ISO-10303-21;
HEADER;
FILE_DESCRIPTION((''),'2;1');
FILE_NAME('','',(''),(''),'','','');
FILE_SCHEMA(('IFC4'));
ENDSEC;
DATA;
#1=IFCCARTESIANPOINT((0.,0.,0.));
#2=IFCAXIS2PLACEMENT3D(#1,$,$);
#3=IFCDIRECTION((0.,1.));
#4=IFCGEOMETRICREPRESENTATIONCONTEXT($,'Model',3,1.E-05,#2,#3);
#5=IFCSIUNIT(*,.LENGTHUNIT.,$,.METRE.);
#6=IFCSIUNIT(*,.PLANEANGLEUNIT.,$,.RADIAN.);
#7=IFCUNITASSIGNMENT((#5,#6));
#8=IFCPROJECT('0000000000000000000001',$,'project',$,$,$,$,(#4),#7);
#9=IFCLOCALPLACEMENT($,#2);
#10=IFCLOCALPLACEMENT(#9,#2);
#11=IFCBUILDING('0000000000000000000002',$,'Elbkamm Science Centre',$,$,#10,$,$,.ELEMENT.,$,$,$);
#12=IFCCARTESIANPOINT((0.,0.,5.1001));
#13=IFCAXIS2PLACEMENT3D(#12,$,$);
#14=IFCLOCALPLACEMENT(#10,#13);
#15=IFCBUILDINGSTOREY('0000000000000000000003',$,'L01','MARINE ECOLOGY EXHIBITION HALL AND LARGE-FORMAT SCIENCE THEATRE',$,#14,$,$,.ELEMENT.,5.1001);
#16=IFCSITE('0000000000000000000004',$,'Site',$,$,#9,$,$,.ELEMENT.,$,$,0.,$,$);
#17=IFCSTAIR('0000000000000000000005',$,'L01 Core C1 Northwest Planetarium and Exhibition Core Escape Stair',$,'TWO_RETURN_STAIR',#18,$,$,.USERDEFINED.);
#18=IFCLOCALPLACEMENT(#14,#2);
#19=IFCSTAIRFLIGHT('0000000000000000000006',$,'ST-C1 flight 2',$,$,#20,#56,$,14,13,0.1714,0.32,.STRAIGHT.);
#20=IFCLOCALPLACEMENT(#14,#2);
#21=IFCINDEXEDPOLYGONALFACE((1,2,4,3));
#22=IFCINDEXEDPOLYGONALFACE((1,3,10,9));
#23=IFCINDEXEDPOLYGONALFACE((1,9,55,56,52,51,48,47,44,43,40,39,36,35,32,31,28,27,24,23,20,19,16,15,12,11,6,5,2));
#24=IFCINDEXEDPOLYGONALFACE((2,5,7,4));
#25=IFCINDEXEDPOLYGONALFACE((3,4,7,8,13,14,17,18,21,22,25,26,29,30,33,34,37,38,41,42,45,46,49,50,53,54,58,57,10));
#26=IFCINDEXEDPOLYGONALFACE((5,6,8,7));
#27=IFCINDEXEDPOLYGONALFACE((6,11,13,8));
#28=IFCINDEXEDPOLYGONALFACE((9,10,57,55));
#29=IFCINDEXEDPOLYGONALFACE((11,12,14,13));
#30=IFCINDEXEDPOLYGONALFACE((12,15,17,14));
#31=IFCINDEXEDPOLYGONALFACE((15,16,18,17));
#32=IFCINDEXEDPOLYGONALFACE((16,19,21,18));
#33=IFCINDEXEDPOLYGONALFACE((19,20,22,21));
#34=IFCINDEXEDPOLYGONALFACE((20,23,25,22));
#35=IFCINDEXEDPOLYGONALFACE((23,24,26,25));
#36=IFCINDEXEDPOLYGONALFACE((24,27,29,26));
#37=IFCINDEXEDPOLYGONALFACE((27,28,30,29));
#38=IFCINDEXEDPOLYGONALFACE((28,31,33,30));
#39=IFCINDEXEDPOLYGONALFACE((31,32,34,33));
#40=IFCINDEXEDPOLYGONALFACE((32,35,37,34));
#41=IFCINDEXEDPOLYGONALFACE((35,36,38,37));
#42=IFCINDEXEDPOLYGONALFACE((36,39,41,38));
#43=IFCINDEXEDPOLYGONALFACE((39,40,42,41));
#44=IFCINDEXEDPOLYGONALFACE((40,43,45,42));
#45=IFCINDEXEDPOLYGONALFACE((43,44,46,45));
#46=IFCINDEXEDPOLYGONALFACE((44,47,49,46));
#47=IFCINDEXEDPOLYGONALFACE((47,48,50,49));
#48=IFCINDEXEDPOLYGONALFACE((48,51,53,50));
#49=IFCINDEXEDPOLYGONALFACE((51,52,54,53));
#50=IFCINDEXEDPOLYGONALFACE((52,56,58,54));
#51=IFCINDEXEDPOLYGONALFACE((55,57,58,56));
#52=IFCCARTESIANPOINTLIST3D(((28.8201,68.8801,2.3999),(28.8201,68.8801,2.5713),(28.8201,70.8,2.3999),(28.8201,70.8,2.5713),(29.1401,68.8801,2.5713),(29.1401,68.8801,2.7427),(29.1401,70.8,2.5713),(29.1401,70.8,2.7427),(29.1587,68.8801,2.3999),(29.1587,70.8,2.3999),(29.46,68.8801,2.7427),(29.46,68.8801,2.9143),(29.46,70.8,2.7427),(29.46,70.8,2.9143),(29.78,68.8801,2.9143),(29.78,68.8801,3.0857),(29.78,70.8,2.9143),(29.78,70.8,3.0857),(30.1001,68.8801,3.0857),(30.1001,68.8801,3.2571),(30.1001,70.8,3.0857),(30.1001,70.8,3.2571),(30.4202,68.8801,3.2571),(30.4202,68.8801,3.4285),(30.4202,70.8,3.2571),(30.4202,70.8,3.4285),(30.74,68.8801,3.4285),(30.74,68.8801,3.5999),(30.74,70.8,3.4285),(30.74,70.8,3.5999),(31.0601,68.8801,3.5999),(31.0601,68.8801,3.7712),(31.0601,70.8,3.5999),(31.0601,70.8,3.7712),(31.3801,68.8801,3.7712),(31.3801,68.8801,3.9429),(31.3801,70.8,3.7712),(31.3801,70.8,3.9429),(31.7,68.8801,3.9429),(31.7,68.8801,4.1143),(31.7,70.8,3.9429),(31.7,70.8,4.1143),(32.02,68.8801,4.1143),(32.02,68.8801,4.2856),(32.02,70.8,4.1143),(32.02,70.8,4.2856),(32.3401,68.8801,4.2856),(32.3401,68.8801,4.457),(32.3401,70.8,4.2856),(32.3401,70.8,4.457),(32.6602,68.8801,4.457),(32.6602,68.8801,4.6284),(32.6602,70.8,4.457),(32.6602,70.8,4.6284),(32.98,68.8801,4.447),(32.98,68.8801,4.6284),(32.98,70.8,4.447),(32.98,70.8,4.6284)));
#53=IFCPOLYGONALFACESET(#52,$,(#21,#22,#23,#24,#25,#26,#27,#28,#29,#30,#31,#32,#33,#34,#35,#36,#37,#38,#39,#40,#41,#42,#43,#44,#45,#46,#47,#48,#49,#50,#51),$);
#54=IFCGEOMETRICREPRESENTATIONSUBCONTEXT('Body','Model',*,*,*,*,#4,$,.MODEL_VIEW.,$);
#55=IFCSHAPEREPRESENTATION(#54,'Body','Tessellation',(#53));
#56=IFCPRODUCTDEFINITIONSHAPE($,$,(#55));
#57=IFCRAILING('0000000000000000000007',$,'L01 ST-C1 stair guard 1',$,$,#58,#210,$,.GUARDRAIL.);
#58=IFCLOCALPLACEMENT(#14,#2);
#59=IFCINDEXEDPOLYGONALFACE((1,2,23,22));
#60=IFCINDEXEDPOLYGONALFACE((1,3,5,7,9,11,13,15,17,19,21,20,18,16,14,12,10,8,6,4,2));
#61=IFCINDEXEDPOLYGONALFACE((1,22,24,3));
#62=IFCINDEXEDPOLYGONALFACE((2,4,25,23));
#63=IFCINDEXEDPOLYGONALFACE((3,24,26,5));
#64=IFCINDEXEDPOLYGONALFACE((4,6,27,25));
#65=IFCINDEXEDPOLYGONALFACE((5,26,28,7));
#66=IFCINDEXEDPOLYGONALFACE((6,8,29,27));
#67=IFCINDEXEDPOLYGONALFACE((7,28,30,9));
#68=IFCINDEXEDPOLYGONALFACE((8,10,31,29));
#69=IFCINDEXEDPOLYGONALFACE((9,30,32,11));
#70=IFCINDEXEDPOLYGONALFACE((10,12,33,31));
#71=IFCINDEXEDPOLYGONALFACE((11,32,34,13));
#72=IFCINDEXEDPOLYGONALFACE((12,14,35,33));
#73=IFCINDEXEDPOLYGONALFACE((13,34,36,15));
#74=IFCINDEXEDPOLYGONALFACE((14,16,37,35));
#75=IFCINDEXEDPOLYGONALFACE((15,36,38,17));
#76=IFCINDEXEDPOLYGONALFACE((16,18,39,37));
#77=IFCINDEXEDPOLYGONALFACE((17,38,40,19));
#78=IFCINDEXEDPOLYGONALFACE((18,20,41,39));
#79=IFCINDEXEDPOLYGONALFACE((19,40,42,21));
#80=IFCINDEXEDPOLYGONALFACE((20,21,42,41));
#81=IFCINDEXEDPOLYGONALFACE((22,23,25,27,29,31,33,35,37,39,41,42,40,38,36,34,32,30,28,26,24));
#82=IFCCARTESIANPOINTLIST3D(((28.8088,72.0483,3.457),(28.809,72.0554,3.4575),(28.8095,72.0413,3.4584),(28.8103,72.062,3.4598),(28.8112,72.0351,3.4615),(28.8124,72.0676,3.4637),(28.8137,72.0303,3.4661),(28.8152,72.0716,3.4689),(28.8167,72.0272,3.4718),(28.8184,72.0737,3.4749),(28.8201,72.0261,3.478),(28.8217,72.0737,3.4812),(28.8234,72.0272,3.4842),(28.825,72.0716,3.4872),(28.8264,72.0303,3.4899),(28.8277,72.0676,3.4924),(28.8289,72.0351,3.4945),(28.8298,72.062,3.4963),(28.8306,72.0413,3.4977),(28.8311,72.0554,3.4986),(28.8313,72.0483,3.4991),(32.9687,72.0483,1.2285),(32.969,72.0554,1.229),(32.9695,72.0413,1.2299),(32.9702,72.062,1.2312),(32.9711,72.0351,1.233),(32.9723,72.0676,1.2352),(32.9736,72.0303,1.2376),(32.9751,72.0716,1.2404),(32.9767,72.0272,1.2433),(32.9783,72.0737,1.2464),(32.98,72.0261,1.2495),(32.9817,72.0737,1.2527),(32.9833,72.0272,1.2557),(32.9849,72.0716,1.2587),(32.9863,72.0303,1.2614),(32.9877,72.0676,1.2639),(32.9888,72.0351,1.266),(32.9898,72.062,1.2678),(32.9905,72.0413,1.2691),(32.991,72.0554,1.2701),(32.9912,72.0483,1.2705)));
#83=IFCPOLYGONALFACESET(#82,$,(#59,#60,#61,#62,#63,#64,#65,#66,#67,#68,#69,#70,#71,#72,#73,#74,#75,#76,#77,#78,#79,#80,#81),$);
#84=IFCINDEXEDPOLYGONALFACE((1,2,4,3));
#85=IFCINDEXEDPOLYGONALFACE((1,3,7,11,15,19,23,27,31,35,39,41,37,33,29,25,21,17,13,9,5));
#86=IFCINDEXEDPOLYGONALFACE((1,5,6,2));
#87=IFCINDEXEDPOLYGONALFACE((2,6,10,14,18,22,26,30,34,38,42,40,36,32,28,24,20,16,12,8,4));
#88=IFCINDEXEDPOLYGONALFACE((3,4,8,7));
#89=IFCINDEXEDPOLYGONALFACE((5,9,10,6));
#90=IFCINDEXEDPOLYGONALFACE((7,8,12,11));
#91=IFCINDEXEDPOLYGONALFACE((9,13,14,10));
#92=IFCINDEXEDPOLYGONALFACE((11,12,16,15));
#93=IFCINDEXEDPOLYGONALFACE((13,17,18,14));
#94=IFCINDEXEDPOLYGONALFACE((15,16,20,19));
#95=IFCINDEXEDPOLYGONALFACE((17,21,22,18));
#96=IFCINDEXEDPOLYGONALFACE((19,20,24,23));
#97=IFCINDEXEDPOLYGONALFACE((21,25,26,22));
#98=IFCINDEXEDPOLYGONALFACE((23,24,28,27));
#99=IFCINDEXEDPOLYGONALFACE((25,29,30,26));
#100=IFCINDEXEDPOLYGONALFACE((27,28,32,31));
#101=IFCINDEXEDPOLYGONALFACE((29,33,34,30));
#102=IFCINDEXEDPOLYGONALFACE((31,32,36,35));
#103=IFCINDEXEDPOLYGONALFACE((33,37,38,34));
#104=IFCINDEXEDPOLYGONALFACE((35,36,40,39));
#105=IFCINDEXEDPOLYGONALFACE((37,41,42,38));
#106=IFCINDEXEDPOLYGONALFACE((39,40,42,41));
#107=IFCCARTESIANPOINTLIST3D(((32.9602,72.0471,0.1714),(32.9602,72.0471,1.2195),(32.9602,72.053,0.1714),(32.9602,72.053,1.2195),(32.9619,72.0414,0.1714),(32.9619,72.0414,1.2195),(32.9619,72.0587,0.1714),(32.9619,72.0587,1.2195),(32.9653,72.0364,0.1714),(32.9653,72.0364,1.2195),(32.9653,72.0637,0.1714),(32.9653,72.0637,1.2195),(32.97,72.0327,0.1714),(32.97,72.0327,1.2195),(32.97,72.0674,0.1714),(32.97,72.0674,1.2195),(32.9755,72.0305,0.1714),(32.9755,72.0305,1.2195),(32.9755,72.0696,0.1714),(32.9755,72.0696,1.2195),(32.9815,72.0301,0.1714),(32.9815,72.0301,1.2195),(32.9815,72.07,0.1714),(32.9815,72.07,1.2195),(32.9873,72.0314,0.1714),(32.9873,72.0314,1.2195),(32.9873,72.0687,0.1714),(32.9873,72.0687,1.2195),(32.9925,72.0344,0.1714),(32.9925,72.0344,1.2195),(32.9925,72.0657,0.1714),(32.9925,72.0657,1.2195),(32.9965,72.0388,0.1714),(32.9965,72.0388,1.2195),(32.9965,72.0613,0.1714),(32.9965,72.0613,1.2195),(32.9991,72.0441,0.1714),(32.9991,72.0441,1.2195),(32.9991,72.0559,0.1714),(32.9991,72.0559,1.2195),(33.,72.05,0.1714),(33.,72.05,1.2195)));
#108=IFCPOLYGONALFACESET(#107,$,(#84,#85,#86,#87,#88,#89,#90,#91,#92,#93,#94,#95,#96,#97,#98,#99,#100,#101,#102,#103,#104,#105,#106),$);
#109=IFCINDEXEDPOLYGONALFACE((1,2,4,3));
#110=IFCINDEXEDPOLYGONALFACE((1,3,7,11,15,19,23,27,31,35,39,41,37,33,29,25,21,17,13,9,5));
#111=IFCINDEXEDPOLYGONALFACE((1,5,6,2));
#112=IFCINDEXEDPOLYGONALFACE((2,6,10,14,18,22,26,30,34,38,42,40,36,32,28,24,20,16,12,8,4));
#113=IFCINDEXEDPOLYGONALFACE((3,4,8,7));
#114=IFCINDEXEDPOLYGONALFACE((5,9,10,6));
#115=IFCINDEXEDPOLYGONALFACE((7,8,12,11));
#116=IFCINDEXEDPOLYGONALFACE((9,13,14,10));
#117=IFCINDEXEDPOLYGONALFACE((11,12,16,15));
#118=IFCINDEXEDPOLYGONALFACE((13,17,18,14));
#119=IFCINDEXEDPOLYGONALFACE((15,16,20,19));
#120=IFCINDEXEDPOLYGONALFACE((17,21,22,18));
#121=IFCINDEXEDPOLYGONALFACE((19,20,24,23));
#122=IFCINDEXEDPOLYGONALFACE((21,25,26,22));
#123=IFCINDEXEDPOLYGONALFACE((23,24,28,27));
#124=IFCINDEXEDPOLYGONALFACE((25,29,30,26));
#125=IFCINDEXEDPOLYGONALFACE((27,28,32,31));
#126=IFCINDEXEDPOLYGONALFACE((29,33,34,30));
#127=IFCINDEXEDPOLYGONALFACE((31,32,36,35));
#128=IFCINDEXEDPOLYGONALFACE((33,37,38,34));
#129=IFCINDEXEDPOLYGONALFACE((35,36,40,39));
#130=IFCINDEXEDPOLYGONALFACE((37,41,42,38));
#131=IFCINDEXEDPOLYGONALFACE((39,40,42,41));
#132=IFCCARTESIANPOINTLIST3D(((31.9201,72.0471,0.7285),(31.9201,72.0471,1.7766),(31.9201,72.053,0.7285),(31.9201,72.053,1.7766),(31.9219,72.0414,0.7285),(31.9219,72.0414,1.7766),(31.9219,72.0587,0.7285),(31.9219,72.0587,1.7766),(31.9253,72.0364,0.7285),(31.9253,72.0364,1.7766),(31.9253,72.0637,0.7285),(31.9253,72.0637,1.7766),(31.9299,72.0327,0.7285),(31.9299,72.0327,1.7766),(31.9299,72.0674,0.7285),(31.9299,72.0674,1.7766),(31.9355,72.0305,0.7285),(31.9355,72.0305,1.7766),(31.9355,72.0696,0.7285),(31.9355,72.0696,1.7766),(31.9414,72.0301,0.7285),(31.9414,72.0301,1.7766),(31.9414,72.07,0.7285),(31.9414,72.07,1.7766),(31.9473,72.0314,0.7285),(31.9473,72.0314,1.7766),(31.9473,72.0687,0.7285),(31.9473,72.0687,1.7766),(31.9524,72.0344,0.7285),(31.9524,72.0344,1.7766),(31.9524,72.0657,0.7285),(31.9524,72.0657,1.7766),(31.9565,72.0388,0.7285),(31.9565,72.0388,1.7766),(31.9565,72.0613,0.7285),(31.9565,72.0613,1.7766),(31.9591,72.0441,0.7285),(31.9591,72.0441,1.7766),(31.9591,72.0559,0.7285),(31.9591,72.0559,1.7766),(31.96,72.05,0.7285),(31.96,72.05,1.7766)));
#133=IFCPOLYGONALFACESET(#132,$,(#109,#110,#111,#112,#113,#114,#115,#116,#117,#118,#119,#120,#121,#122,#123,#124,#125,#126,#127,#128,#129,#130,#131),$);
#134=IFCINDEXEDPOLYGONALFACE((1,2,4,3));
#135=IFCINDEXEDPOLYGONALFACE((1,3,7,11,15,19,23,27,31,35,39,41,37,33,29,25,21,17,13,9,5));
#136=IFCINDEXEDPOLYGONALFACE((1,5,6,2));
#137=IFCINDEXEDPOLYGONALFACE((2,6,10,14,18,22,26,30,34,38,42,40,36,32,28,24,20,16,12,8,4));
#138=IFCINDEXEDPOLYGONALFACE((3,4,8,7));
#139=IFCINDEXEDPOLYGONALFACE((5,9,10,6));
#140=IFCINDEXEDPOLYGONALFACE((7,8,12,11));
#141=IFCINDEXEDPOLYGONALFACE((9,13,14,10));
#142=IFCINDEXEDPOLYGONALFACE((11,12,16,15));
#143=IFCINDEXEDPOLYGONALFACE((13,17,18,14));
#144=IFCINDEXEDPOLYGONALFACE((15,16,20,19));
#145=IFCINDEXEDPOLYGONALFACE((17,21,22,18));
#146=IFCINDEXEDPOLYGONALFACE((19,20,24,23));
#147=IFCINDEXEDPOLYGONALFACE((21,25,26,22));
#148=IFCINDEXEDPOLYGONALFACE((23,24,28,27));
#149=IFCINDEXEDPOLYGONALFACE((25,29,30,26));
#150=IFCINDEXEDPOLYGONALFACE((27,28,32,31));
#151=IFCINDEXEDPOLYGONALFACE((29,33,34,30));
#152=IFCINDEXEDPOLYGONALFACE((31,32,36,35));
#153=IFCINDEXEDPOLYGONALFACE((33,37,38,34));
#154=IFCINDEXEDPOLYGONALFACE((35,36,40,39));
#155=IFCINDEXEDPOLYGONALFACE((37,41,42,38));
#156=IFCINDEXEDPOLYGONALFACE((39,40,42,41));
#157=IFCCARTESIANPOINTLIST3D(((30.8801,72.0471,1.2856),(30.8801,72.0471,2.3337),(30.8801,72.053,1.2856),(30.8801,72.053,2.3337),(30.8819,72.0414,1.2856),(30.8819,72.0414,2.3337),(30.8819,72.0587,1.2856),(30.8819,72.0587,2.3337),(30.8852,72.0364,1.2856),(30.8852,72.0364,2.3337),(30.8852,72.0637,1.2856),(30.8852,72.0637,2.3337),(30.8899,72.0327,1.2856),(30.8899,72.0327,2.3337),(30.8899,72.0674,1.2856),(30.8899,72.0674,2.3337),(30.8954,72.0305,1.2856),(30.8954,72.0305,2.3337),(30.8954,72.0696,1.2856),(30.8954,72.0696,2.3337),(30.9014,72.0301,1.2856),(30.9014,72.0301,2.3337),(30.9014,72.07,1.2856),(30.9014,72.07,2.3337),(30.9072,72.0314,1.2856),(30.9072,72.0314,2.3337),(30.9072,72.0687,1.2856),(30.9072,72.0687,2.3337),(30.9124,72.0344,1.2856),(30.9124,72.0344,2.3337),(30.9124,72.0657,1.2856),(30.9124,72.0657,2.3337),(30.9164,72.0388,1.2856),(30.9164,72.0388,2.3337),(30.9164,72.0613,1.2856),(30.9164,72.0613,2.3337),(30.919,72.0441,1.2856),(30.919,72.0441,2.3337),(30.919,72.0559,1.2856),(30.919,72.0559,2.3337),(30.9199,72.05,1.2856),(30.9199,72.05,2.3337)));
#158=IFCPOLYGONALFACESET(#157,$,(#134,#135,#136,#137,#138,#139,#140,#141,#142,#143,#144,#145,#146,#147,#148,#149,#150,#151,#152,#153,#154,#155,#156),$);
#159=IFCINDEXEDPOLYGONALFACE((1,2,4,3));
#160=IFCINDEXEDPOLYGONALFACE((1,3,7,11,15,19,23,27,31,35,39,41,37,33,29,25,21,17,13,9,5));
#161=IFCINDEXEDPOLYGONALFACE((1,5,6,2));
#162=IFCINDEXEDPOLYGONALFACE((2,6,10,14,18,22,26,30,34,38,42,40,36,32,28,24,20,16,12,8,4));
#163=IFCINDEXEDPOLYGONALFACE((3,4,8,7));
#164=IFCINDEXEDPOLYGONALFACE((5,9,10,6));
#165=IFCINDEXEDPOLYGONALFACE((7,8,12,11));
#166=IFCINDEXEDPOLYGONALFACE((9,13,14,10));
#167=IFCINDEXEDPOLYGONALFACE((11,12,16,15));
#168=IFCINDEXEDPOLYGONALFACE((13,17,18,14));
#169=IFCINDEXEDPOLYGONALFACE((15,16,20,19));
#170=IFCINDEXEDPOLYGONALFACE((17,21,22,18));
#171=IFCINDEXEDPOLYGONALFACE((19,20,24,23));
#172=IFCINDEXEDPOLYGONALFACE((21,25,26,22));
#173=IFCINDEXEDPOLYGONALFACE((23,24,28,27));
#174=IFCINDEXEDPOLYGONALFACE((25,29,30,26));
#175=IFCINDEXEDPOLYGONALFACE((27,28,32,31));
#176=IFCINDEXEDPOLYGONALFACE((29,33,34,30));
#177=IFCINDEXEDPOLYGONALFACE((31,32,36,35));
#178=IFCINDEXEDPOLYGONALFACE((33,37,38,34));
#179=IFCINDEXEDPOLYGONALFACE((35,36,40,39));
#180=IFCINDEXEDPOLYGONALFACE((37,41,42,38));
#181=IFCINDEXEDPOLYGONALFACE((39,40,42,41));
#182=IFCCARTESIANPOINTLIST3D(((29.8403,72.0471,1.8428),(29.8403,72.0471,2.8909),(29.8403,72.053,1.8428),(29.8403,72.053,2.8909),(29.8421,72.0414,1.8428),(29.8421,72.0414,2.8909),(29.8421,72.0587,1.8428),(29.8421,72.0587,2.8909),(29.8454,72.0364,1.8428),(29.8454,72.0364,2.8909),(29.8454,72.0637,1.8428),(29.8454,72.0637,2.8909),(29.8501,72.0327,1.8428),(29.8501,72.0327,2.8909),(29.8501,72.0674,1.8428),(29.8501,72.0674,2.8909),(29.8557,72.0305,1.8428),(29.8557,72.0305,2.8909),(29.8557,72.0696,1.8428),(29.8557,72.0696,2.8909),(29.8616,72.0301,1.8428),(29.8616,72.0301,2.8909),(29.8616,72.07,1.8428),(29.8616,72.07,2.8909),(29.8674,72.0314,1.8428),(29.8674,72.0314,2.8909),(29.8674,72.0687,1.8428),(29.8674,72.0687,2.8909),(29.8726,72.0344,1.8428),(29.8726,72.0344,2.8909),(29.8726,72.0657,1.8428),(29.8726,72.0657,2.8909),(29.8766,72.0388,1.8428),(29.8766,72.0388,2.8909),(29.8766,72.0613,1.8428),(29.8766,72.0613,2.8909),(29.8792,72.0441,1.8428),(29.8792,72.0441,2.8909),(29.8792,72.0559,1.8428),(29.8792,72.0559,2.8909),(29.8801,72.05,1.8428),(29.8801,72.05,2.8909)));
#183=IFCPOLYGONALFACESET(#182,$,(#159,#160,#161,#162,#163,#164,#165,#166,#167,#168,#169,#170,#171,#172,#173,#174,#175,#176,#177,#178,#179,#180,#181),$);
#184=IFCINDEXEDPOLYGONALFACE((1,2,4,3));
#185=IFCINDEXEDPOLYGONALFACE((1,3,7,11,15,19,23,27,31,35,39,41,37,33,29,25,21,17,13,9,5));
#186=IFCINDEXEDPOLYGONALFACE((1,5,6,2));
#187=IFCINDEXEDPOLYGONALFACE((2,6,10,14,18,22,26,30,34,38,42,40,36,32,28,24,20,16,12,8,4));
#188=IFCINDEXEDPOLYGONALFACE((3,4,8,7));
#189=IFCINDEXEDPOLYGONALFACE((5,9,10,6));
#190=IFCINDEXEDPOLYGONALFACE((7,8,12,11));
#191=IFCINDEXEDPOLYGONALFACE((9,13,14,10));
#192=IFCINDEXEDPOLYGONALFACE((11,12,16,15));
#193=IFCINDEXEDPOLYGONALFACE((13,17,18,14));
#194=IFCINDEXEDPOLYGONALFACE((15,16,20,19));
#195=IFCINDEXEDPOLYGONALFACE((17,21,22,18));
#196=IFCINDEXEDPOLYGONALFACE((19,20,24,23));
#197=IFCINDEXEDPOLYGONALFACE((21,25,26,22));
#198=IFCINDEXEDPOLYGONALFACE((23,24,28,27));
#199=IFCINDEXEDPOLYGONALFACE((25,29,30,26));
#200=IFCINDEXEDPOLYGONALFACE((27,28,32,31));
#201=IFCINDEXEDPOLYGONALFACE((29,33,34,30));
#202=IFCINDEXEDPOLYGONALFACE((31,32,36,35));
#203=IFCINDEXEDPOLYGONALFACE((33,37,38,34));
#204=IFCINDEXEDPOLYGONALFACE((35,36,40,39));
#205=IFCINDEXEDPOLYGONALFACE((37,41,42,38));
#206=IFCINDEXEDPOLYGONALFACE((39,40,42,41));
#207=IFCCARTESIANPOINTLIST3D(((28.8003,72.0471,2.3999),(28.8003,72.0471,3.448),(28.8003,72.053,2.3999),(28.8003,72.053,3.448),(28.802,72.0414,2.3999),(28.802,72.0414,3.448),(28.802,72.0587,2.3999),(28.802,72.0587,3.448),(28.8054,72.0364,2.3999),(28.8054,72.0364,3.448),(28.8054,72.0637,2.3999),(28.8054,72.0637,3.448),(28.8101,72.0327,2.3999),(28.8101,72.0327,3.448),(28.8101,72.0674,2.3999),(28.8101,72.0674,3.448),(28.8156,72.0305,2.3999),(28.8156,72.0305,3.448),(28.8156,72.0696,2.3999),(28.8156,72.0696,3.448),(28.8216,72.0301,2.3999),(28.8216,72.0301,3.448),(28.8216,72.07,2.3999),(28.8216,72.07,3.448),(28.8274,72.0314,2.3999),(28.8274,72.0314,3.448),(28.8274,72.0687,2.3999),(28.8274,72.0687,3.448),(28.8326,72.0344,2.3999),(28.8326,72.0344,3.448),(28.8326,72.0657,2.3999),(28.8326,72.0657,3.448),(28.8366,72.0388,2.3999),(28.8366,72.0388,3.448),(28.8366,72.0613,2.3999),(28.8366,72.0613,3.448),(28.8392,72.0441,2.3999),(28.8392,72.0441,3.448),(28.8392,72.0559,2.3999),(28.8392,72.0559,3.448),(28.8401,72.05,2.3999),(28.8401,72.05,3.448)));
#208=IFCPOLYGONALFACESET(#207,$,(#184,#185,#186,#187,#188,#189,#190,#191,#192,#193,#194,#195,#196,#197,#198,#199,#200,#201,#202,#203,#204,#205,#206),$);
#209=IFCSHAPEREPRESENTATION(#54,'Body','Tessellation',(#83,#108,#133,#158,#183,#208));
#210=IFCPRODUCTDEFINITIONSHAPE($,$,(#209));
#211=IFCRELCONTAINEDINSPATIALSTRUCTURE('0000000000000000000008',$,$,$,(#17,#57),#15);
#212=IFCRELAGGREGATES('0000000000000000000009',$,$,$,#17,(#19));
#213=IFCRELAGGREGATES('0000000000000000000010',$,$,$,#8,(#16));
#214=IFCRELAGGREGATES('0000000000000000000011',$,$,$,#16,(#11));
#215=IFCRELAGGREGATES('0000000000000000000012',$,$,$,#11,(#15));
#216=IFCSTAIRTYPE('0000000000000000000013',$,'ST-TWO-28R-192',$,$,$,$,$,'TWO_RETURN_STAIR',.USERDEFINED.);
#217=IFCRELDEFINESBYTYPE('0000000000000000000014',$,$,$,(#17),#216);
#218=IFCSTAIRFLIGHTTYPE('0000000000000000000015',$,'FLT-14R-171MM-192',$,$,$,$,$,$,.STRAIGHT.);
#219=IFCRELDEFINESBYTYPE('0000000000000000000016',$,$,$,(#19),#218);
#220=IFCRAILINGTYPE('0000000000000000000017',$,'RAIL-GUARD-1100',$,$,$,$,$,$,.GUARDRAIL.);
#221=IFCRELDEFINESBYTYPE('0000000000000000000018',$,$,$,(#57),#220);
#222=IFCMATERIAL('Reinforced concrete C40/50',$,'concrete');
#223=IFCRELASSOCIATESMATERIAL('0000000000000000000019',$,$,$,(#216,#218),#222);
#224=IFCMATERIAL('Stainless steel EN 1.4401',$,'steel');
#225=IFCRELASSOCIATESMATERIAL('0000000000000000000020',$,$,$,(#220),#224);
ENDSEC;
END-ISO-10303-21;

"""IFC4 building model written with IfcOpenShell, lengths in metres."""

from ifc_helpers import new_model, si_unit, direction, frame, origin, origin_2d, place, context, subcontext, project, spatial, polyline, circle, outline, extrude, material, type_object, element, aggregate, save


model = new_model("IFC4")

# Units and contexts
model_context = context("Model", 3, precision=1e-05, world=origin(), true_north=direction((0.0, 1.0)))
body_context = subcontext(model_context, "Body", "Model", "MODEL_VIEW")
ifc_project = project(units=[si_unit("LENGTHUNIT", "METRE"), si_unit("PLANEANGLEUNIT", "RADIAN")], contexts=[model_context])

# Site, building, storey
site_placement = place(None, origin())
site = spatial("IfcSite", under=ifc_project, at=site_placement, Name="Site", CompositionType="ELEMENT", RefElevation=0.0)
building_placement = place(site_placement, origin())
building = spatial("IfcBuilding", under=site, at=building_placement, Name="Elbkamm Science Centre", CompositionType="ELEMENT")
storey_placement = place(building_placement, frame((0.0, 0.0, 5.1001)))
storey = spatial("IfcBuildingStorey", under=building, at=storey_placement, Name="L01", Description="MARINE ECOLOGY EXHIBITION HALL AND LARGE-FORMAT SCIENCE THEATRE", CompositionType="ELEMENT", Elevation=5.1001)

# Shared definitions
ifc_material_1 = material(Name="Reinforced concrete C40/50", Category="concrete")

# Stair, stair flight
stair_type = type_object("IfcStairType", Name="ST-TWO-28R-192", ElementType="TWO_RETURN_STAIR", PredefinedType="USERDEFINED", material=ifc_material_1)
stair_placement = place(storey_placement, origin())
stair = element("IfcStair", 1, at=stair_placement, inside=storey, type_object=stair_type, Name="L01 Core C1 Northwest Planetarium and Exhibition Core Escape Stair", ObjectType="TWO_RETURN_STAIR", PredefinedType="USERDEFINED")
stair_flight_type = type_object("IfcStairFlightType", Name="FLT-14R-171MM-192", PredefinedType="STRAIGHT", material=ifc_material_1)
stair_flight_1_placement = place(storey_placement, frame((28.8201, 69.8401, 2.3999), z_axis=(0.0, 0.0, 1.0), x_axis=(1.0, 0.0, 0.0)))
stair_flight_1 = element("IfcStairFlight", 2, at=stair_flight_1_placement, type_object=stair_flight_type, Name="ST-C1 flight 2", NumberOfRisers=14, NumberOfTreads=13, PredefinedType="STRAIGHT", RiserHeight=0.1714, TreadLength=0.32, context=body_context, shape_type="SweptSolid", body=[
    extrude(outline(polyline([(0.0, 0.0), (0.0, 0.1714), (0.3201, 0.1714), (0.3201, 0.3428), (0.6399, 0.3428), (0.6399, 0.5144), (0.96, 0.5144), (0.96, 0.6858), (1.28, 0.6858), (1.28, 0.8572), (1.6001, 0.8572), (1.6001, 1.0286), (1.9199, 1.0286), (1.9199, 1.2), (2.24, 1.2), (2.24, 1.3713), (2.5601, 1.3713), (2.5601, 1.543), (2.8799, 1.543), (2.8799, 1.7144), (3.2, 1.7144), (3.2, 1.8857), (3.52, 1.8857), (3.52, 2.0571), (3.8401, 2.0571), (3.8401, 2.2285), (4.1599, 2.2285), (4.1599, 2.3999), (4.1599, 2.0471), (0.3386, 0.0), (0.0, 0.0)])), frame((0.0, 0.96, 0.0), z_axis=(0.0, -1.0, 0.0), x_axis=(1.0, 0.0, 0.0)), (0.0, 0.0, 1.0), 1.9199),
])
aggregate(stair, [stair_flight_1])

# Railing
ifc_material_2 = material(Name="Stainless steel EN 1.4401", Category="steel")
railing_type_1 = type_object("IfcRailingType", Name="RAIL-GUARD-1100", PredefinedType="GUARDRAIL", material=ifc_material_2)
railing_1_placement = place(storey_placement, frame((32.98, 72.05, 0.1714)))
element("IfcRailing", 3, at=railing_1_placement, inside=storey, type_object=railing_type_1, Name="L01 ST-C1 stair guard 1", PredefinedType="GUARDRAIL", context=body_context, shape_type="SweptSolid", body=[
    extrude(circle(Radius=0.0239, at=origin_2d()), frame((0.0, 0.0, 1.0781), z_axis=(-0.881481, 0.0, 0.47222), x_axis=(0.0, -1.0, 0.0)), (0.0, 0.0, 1.0), 4.7192),
    extrude(circle(Radius=0.02, at=origin_2d()), origin(), (0.0, 0.0, 1.0), 1.0481),
    extrude(circle(Radius=0.02, at=origin_2d()), frame((-1.04, 0.0, 0.5571)), (0.0, 0.0, 1.0), 1.0481),
    extrude(circle(Radius=0.02, at=origin_2d()), frame((-2.0801, 0.0, 1.1143)), (0.0, 0.0, 1.0), 1.0481),
    extrude(circle(Radius=0.02, at=origin_2d()), frame((-3.1199, 0.0, 1.6714)), (0.0, 0.0, 1.0), 1.0481),
    extrude(circle(Radius=0.02, at=origin_2d()), frame((-4.1599, 0.0, 2.2285)), (0.0, 0.0, 1.0), 1.0481),
])

save(model, "model.ifc")
